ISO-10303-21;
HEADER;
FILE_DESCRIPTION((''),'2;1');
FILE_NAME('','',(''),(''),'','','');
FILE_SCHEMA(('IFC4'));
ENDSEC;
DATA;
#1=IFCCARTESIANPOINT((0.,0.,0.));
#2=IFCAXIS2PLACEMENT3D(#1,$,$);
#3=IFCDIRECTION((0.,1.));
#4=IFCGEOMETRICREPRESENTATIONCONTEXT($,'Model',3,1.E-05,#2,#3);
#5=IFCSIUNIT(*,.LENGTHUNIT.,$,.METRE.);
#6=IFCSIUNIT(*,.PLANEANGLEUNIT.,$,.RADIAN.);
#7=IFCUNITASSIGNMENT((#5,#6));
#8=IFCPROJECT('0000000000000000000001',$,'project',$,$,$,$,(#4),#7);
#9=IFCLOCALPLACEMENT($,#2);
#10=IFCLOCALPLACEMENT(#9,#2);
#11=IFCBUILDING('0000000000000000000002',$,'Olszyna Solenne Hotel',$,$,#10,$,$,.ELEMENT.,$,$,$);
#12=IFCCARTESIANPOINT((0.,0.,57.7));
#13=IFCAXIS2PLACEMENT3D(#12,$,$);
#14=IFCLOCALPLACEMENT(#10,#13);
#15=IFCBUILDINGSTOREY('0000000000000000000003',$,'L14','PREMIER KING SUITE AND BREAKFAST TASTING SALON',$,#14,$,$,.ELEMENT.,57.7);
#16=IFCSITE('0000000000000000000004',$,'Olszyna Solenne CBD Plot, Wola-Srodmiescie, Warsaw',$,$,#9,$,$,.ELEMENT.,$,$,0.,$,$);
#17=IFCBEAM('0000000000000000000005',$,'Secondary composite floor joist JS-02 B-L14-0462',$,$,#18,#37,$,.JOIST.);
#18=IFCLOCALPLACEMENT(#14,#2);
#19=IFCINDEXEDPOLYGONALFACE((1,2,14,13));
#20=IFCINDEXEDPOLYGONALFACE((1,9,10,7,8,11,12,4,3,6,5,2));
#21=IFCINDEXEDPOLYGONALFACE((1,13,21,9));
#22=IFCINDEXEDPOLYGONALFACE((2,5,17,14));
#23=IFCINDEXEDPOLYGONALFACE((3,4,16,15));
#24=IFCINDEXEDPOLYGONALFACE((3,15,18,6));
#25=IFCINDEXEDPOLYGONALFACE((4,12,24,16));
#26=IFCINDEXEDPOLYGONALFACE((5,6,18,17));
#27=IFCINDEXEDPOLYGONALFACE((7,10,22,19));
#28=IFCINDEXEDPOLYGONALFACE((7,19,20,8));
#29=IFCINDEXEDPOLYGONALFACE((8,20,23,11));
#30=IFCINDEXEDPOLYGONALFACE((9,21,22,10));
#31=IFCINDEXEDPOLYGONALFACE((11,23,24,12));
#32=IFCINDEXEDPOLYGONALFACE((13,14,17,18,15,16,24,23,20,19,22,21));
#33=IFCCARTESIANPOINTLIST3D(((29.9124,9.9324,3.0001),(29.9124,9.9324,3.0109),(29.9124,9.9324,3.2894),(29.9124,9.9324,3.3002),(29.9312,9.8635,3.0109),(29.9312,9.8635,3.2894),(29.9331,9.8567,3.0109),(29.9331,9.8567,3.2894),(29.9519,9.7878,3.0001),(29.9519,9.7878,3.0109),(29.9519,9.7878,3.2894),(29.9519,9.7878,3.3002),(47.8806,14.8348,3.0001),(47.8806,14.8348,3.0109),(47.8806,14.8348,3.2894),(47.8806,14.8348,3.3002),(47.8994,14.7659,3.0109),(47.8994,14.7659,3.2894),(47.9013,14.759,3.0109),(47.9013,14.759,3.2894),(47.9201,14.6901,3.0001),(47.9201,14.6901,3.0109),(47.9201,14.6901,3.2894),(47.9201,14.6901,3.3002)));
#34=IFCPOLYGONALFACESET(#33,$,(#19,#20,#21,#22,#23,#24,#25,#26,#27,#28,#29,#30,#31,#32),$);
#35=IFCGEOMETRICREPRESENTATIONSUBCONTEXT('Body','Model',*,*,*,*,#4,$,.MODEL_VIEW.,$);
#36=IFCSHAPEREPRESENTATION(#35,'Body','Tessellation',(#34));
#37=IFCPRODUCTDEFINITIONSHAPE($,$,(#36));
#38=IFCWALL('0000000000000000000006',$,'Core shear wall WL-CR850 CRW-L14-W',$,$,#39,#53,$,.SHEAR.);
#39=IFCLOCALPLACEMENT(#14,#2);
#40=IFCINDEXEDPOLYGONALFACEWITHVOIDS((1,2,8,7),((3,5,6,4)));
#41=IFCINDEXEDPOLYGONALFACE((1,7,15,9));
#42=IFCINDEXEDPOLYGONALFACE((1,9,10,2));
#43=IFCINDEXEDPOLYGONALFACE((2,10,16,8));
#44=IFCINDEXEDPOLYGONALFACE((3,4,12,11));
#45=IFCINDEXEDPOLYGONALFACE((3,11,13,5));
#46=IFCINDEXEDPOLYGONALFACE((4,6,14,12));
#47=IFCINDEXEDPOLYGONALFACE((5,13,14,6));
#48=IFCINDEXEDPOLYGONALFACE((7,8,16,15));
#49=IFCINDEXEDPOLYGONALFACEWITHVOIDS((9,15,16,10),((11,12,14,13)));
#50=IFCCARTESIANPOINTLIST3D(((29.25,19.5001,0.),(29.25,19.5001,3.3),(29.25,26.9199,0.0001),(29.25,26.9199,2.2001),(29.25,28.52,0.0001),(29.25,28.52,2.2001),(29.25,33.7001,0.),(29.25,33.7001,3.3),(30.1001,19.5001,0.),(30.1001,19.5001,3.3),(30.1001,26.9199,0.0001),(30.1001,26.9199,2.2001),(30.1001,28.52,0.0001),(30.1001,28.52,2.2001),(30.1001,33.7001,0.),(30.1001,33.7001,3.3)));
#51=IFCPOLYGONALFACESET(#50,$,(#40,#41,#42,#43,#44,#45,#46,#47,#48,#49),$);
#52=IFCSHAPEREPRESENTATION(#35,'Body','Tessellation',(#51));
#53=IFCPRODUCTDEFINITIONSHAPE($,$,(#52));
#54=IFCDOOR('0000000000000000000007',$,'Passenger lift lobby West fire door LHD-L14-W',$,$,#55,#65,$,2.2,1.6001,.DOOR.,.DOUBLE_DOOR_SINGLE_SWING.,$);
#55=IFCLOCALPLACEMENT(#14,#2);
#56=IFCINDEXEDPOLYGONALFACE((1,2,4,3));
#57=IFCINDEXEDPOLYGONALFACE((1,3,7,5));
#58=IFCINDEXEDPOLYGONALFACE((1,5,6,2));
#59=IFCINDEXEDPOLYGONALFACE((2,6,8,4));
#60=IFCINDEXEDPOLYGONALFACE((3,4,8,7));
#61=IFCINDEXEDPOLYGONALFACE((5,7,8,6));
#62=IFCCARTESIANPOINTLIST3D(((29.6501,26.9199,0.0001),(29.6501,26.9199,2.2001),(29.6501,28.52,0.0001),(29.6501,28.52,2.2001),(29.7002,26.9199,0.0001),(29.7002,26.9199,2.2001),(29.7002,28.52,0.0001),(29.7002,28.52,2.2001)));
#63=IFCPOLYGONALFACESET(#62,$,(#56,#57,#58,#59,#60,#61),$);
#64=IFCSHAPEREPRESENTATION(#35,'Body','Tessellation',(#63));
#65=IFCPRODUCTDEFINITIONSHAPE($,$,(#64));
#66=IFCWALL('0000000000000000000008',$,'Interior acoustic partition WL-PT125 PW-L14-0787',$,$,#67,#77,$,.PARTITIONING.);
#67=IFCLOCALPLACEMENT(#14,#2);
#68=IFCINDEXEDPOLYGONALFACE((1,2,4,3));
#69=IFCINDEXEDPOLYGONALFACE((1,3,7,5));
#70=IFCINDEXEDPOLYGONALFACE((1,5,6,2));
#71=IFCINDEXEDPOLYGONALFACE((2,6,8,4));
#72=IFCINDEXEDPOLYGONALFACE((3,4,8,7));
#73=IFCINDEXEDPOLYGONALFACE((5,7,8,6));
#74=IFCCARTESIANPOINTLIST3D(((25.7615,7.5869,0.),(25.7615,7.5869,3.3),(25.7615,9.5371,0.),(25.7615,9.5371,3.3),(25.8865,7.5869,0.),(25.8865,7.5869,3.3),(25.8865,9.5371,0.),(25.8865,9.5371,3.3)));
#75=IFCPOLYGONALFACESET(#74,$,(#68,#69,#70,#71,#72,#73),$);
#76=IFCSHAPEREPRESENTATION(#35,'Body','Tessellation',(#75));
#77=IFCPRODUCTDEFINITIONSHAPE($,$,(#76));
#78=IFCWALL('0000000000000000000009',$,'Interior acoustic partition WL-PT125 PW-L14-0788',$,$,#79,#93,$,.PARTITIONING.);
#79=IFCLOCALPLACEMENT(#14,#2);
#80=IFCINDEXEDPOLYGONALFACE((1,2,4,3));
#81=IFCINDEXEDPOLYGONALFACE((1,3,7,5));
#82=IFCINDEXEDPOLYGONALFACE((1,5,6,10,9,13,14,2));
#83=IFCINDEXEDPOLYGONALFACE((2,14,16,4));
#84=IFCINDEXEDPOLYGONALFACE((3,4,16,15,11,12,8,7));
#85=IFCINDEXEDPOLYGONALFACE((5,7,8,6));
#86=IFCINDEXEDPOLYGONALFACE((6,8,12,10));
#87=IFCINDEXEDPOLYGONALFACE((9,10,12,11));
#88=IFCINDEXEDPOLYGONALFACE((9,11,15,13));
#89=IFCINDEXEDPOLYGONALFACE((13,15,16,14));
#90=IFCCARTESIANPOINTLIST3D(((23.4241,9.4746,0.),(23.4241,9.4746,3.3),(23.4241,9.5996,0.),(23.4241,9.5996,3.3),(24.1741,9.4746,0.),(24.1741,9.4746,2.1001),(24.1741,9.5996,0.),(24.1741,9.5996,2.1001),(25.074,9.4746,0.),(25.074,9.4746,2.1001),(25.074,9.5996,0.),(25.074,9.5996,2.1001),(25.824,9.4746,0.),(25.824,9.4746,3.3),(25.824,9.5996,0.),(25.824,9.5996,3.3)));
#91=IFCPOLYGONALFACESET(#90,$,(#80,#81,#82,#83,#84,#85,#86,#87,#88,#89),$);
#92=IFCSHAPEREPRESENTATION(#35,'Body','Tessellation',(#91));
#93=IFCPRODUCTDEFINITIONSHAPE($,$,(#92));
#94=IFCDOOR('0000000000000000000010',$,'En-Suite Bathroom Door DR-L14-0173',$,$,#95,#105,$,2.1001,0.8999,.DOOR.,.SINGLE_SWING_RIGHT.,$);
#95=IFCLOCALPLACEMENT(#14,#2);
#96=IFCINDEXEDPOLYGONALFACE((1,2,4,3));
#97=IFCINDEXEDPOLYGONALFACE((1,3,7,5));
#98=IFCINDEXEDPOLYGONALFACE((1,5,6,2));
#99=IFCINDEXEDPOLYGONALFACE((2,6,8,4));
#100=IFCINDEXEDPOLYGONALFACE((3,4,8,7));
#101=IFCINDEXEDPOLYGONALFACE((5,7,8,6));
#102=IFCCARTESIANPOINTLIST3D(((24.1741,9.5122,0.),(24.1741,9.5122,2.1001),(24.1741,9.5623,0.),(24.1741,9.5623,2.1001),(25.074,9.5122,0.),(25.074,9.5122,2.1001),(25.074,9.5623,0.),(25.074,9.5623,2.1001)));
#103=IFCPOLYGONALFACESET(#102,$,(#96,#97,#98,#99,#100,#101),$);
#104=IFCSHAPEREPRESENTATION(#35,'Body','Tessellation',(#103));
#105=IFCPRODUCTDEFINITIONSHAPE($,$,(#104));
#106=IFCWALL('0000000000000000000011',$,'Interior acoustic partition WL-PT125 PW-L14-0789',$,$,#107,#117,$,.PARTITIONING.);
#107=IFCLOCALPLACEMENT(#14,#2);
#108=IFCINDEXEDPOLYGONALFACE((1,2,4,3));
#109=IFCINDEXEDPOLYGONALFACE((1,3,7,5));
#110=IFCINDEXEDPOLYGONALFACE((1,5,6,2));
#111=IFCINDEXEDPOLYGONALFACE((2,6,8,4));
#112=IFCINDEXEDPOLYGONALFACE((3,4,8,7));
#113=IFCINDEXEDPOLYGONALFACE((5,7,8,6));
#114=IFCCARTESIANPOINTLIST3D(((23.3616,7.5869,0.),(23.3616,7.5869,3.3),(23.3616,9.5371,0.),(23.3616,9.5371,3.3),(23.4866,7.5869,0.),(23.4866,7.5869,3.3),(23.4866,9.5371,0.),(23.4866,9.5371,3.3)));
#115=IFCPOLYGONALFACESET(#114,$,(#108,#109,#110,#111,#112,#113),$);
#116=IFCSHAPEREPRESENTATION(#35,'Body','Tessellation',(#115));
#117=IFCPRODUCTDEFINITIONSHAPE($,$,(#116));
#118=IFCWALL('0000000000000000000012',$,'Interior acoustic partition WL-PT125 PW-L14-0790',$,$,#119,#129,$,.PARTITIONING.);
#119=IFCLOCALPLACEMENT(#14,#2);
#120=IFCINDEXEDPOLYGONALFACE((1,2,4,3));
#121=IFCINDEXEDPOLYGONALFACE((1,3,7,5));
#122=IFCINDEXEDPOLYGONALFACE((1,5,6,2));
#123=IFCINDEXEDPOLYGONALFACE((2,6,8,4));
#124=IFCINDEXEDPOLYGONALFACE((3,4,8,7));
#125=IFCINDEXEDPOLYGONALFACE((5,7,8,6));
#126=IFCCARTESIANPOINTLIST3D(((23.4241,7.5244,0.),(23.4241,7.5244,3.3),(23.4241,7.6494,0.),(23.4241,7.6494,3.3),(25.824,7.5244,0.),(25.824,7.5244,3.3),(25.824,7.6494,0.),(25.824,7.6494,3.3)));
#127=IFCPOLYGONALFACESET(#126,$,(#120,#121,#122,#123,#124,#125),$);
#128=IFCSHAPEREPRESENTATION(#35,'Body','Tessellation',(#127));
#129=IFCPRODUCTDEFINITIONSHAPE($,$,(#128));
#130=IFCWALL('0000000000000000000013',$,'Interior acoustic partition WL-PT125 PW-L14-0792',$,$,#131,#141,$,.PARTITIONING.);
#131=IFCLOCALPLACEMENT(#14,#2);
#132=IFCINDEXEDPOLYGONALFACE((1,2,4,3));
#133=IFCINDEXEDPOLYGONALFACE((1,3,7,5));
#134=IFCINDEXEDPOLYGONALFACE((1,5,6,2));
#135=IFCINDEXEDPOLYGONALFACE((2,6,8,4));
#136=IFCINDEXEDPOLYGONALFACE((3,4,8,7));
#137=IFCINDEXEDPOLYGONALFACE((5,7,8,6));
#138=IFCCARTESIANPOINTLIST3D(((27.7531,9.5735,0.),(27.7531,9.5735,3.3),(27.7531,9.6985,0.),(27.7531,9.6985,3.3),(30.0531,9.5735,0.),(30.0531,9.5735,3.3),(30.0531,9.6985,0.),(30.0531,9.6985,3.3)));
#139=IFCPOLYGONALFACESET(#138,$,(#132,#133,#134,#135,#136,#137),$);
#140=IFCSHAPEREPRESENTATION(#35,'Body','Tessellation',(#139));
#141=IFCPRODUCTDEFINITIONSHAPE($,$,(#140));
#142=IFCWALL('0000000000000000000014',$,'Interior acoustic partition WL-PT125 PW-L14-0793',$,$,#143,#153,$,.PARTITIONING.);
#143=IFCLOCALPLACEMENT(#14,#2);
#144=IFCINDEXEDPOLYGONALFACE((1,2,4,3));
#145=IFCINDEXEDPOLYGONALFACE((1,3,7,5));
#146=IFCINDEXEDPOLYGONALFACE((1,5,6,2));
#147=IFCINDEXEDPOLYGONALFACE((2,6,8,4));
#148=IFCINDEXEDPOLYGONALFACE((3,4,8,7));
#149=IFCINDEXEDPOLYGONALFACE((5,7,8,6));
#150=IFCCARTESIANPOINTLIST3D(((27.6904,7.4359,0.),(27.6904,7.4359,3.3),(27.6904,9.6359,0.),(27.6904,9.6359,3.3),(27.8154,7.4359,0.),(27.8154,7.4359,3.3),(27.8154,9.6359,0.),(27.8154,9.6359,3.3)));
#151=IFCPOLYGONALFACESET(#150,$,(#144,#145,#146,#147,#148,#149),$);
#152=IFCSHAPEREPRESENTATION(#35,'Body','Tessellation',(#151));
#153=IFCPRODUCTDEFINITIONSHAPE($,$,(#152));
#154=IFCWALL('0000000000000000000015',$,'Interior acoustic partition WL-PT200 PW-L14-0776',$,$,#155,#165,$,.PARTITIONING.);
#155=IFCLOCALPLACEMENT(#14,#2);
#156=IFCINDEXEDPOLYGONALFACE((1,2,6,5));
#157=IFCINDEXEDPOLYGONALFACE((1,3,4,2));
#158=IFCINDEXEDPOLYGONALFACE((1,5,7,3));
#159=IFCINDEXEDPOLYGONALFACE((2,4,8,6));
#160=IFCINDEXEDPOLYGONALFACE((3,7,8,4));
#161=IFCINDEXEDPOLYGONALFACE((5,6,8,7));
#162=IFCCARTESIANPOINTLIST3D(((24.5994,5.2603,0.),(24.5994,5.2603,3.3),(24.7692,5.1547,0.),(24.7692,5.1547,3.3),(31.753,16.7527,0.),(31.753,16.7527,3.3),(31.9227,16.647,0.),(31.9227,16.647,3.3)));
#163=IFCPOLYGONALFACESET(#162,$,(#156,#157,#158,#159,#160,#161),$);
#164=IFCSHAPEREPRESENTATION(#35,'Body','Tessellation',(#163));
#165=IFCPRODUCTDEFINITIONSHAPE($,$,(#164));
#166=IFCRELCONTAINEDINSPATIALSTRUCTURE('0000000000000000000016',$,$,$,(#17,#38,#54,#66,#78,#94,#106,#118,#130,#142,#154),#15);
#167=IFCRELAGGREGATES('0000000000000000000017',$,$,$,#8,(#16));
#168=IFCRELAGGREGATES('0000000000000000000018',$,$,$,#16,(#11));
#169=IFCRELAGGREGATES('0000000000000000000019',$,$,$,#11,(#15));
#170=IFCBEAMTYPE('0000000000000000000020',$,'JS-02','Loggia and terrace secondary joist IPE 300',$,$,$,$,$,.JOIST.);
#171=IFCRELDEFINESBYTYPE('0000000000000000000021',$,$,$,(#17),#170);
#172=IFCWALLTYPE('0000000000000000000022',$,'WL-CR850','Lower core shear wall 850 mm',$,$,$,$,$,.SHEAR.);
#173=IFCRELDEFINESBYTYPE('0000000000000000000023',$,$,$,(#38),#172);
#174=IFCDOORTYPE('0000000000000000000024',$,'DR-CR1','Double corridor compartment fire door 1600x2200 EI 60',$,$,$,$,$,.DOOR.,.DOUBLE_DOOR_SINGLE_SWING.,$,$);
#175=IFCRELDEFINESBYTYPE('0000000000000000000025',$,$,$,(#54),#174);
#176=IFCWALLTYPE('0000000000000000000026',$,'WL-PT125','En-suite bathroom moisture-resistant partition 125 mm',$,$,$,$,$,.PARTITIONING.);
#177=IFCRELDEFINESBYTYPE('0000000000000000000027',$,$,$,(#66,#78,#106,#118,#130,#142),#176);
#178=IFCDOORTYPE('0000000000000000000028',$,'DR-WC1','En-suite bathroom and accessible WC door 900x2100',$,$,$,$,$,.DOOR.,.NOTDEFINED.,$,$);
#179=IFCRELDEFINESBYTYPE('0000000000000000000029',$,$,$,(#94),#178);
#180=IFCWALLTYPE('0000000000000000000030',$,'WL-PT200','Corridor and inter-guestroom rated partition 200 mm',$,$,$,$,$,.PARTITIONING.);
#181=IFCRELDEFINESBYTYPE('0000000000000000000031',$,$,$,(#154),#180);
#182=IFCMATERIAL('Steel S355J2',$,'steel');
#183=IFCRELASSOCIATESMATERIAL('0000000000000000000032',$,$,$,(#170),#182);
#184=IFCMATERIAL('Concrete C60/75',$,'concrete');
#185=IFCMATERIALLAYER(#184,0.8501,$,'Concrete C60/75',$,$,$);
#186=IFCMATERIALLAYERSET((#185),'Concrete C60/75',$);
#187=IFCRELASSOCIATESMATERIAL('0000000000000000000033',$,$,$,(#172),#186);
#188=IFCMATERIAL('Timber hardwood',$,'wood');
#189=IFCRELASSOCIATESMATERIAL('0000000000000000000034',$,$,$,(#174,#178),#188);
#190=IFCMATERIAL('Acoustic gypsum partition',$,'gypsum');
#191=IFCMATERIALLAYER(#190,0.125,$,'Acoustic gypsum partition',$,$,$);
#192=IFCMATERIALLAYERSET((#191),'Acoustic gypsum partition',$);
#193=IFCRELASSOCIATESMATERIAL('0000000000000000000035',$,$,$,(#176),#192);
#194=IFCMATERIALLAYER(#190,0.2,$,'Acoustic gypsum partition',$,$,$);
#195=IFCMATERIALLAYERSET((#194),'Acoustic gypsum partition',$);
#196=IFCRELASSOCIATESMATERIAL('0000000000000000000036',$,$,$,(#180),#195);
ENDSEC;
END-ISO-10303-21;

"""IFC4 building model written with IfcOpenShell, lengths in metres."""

from ifc_helpers import new_model, si_unit, direction, frame, frame_2d, origin, origin_2d, place, context, subcontext, project, spatial, rectangle, i_section, extrude, source, transform, mapped, material, layer, layer_set, material_profile, profile_set, type_object, type_shapes, element, fill, save


model = new_model("IFC4")

# Units and contexts
model_context = context("Model", 3, precision=1e-05, world=origin(), true_north=direction((0.0, 1.0)))
body_context = subcontext(model_context, "Body", "Model", "MODEL_VIEW")
ifc_project = project(units=[si_unit("LENGTHUNIT", "METRE"), si_unit("PLANEANGLEUNIT", "RADIAN")], contexts=[model_context])

# Site, building, storey
site_placement = place(None, origin())
site = spatial("IfcSite", under=ifc_project, at=site_placement, Name="Olszyna Solenne CBD Plot, Wola-Srodmiescie, Warsaw", CompositionType="ELEMENT", RefElevation=0.0)
building_placement = place(site_placement, origin())
building = spatial("IfcBuilding", under=site, at=building_placement, Name="Olszyna Solenne Hotel", CompositionType="ELEMENT")
storey_placement = place(building_placement, frame((0.0, 0.0, 57.7)))
storey = spatial("IfcBuildingStorey", under=building, at=storey_placement, Name="L14", Description="PREMIER KING SUITE AND BREAKFAST TASTING SALON", CompositionType="ELEMENT", Elevation=57.7)

# Beam
ifc_material_1 = material(Name="Steel S355J2", Category="steel")
ifc_material_profile = material_profile(ifc_material_1, i_section(OverallWidth=0.1499, OverallDepth=0.3, WebThickness=0.0071, FlangeThickness=0.0107, at=origin_2d()), Name="IPE 300", Category="load-bearing")
ifc_profile_set = profile_set([ifc_material_profile], Name="Steel S355J2")
beam_type = type_object("IfcBeamType", Name="JS-02", Description="Loggia and terrace secondary joist IPE 300", PredefinedType="JOIST", material=ifc_profile_set)
shared_shape_1 = source(origin(), body_context, "Body", "SweptSolid", [
    extrude(i_section(OverallWidth=0.1499, OverallDepth=0.3, WebThickness=0.0071, FlangeThickness=0.0107, at=origin_2d()), origin(), (0.0, 0.0, 1.0), 18.625),
])
beam_placement = place(storey_placement, frame((29.9321, 9.8601, 3.1501), z_axis=(0.964738, 0.263213, 0.0), x_axis=(-0.263213, 0.964738, 0.0)))
element("IfcBeam", 1, at=beam_placement, inside=storey, type_object=beam_type, Name="Secondary composite floor joist JS-02 B-L14-0462", PredefinedType="JOIST", context=body_context, shape_type="MappedRepresentation", body=[
    mapped(shared_shape_1, transform((0.0, 0.0, 0.0), x_axis=(1.0, 0.0, 0.0), y_axis=(0.0, 1.0, 0.0), z_axis=(0.0, 0.0, 1.0), scale=1.0)),
])

# Wall, opening, door
ifc_material_2 = material(Name="Concrete C60/75", Category="concrete")
ifc_layer_1 = layer(ifc_material_2, 0.8501, Name="Concrete C60/75")
ifc_layer_set_1 = layer_set([ifc_layer_1], Name="Concrete C60/75")
wall_type_1 = type_object("IfcWallType", Name="WL-CR850", Description="Lower core shear wall 850 mm", PredefinedType="SHEAR", material=ifc_layer_set_1)
wall_1_placement = place(storey_placement, frame((29.675, 19.5, 0.0), z_axis=(0.0, 0.0, 1.0), x_axis=(0.0, 1.0, 0.0)))
wall_1 = element("IfcWall", 2, at=wall_1_placement, inside=storey, type_object=wall_type_1, Name="Core shear wall WL-CR850 CRW-L14-W", PredefinedType="SHEAR", context=body_context, shape_type="SweptSolid", body=[
    extrude(rectangle(XDim=14.2, YDim=0.8501, at=frame_2d((7.1001, 0.0))), origin(), (0.0, 0.0, 1.0), 3.3),
])
opening_1_placement = place(wall_1_placement, frame((7.4199, 0.0, 0.0)))
opening_1 = element("IfcOpeningElement", 3, at=opening_1_placement, cuts=wall_1, PredefinedType="OPENING", context=body_context, shape_type="SweptSolid", body=[
    extrude(rectangle(XDim=1.6001, YDim=2.2, at=frame_2d((0.8, 1.1001))), frame((0.0, 0.4351, 0.0), z_axis=(0.0, -1.0, 0.0), x_axis=(1.0, 0.0, 0.0)), (0.0, 0.0, 1.0), 0.8701),
])
ifc_material_3 = material(Name="Timber hardwood", Category="wood")
door_type_1 = type_object("IfcDoorType", Name="DR-CR1", Description="Double corridor compartment fire door 1600x2200 EI 60", OperationType="DOUBLE_DOOR_SINGLE_SWING", PredefinedType="DOOR", material=ifc_material_3)
shared_shape_2 = source(origin(), body_context, "Body", "SweptSolid", [
    extrude(rectangle(XDim=1.6001, YDim=2.2, at=frame_2d((0.8, 1.1001))), frame((0.0, 0.0249, 0.0), z_axis=(0.0, -1.0, 0.0), x_axis=(1.0, 0.0, 0.0)), (0.0, 0.0, 1.0), 0.05),
])
type_shapes(door_type_1, [shared_shape_2])
door_1_placement = place(opening_1_placement, origin())
door_1 = element("IfcDoor", 4, at=door_1_placement, inside=storey, type_object=door_type_1, Name="Passenger lift lobby West fire door LHD-L14-W", OperationType="DOUBLE_DOOR_SINGLE_SWING", OverallHeight=2.2, OverallWidth=1.6001, PredefinedType="DOOR", context=body_context, shape_type="MappedRepresentation", body=[
    mapped(shared_shape_2, transform((0.0, 0.0, 0.0), x_axis=(1.0, 0.0, 0.0), y_axis=(0.0, 1.0, 0.0), z_axis=(0.0, 0.0, 1.0), scale=1.0)),
])
fill(opening_1, door_1)

# Wall
ifc_material_4 = material(Name="Acoustic gypsum partition", Category="gypsum")
ifc_layer_2 = layer(ifc_material_4, 0.125, Name="Acoustic gypsum partition")
ifc_layer_set_2 = layer_set([ifc_layer_2], Name="Acoustic gypsum partition")
wall_type_2 = type_object("IfcWallType", Name="WL-PT125", Description="En-suite bathroom moisture-resistant partition 125 mm", PredefinedType="PARTITIONING", material=ifc_layer_set_2)
wall_2_placement = place(storey_placement, frame((25.824, 7.5869, 0.0), z_axis=(0.0, 0.0, 1.0), x_axis=(0.0, 1.0, 0.0)))
element("IfcWall", 5, at=wall_2_placement, inside=storey, type_object=wall_type_2, Name="Interior acoustic partition WL-PT125 PW-L14-0787", PredefinedType="PARTITIONING", context=body_context, shape_type="SweptSolid", body=[
    extrude(rectangle(XDim=1.9502, YDim=0.125, at=frame_2d((0.9751, 0.0))), origin(), (0.0, 0.0, 1.0), 3.3),
])

# Wall, opening, door
wall_3_placement = place(storey_placement, frame((25.824, 9.5371, 0.0), z_axis=(0.0, 0.0, 1.0), x_axis=(-1.0, 0.0, 0.0)))
wall_3 = element("IfcWall", 6, at=wall_3_placement, inside=storey, type_object=wall_type_2, Name="Interior acoustic partition WL-PT125 PW-L14-0788", PredefinedType="PARTITIONING", context=body_context, shape_type="SweptSolid", body=[
    extrude(rectangle(XDim=2.3999, YDim=0.125, at=frame_2d((1.2, 0.0))), origin(), (0.0, 0.0, 1.0), 3.3),
])
opening_2_placement = place(wall_3_placement, frame((0.75, 0.0, 0.0)))
opening_2 = element("IfcOpeningElement", 7, at=opening_2_placement, cuts=wall_3, PredefinedType="OPENING", context=body_context, shape_type="SweptSolid", body=[
    extrude(rectangle(XDim=0.8999, YDim=2.1001, at=frame_2d((0.45, 1.05))), frame((0.0, 0.0725, 0.0), z_axis=(0.0, -1.0, 0.0), x_axis=(1.0, 0.0, 0.0)), (0.0, 0.0, 1.0), 0.145),
])
door_type_2 = type_object("IfcDoorType", Name="DR-WC1", Description="En-suite bathroom and accessible WC door 900x2100", OperationType="NOTDEFINED", PredefinedType="DOOR", material=ifc_material_3)
shared_shape_3 = source(origin(), body_context, "Body", "SweptSolid", [
    extrude(rectangle(XDim=0.8999, YDim=2.1001, at=frame_2d((0.45, 1.05))), frame((0.0, 0.0249, 0.0), z_axis=(0.0, -1.0, 0.0), x_axis=(1.0, 0.0, 0.0)), (0.0, 0.0, 1.0), 0.05),
])
type_shapes(door_type_2, [shared_shape_3])
door_2_placement = place(opening_2_placement, origin())
door_2 = element("IfcDoor", 8, at=door_2_placement, inside=storey, type_object=door_type_2, Name="En-Suite Bathroom Door DR-L14-0173", OperationType="SINGLE_SWING_RIGHT", OverallHeight=2.1001, OverallWidth=0.8999, PredefinedType="DOOR", context=body_context, shape_type="MappedRepresentation", body=[
    mapped(shared_shape_3, transform((0.0, 0.0, 0.0), x_axis=(1.0, 0.0, 0.0), y_axis=(0.0, 1.0, 0.0), z_axis=(0.0, 0.0, 1.0), scale=1.0)),
])
fill(opening_2, door_2)

# Walls
wall_4_placement = place(storey_placement, frame((23.4241, 9.5371, 0.0), z_axis=(0.0, 0.0, 1.0), x_axis=(0.0, -1.0, 0.0)))
element("IfcWall", 9, at=wall_4_placement, inside=storey, type_object=wall_type_2, Name="Interior acoustic partition WL-PT125 PW-L14-0789", PredefinedType="PARTITIONING", context=body_context, shape_type="SweptSolid", body=[
    extrude(rectangle(XDim=1.9502, YDim=0.125, at=frame_2d((0.9751, 0.0))), origin(), (0.0, 0.0, 1.0), 3.3),
])
wall_5_placement = place(storey_placement, frame((23.4241, 7.5869, 0.0), z_axis=(0.0, 0.0, 1.0), x_axis=(1.0, 0.0, 0.0)))
element("IfcWall", 10, at=wall_5_placement, inside=storey, type_object=wall_type_2, Name="Interior acoustic partition WL-PT125 PW-L14-0790", PredefinedType="PARTITIONING", context=body_context, shape_type="SweptSolid", body=[
    extrude(rectangle(XDim=2.3999, YDim=0.125, at=frame_2d((1.2, 0.0))), origin(), (0.0, 0.0, 1.0), 3.3),
])
wall_6_placement = place(storey_placement, frame((30.053, 9.636, 0.0), z_axis=(0.0, 0.0, 1.0), x_axis=(-1.0, 0.0, 0.0)))
element("IfcWall", 11, at=wall_6_placement, inside=storey, type_object=wall_type_2, Name="Interior acoustic partition WL-PT125 PW-L14-0792", PredefinedType="PARTITIONING", context=body_context, shape_type="SweptSolid", body=[
    extrude(rectangle(XDim=2.3, YDim=0.125, at=frame_2d((1.1499, 0.0))), origin(), (0.0, 0.0, 1.0), 3.3),
])
wall_7_placement = place(storey_placement, frame((27.7529, 9.636, 0.0), z_axis=(0.0, 0.0, 1.0), x_axis=(0.0, -1.0, 0.0)))
element("IfcWall", 12, at=wall_7_placement, inside=storey, type_object=wall_type_2, Name="Interior acoustic partition WL-PT125 PW-L14-0793", PredefinedType="PARTITIONING", context=body_context, shape_type="SweptSolid", body=[
    extrude(rectangle(XDim=2.2, YDim=0.125, at=frame_2d((1.1001, 0.0))), origin(), (0.0, 0.0, 1.0), 3.3),
])
ifc_layer_3 = layer(ifc_material_4, 0.2, Name="Acoustic gypsum partition")
ifc_layer_set_3 = layer_set([ifc_layer_3], Name="Acoustic gypsum partition")
wall_type_3 = type_object("IfcWallType", Name="WL-PT200", Description="Corridor and inter-guestroom rated partition 200 mm", PredefinedType="PARTITIONING", material=ifc_layer_set_3)
wall_8_placement = place(storey_placement, frame((31.8379, 16.7, 0.0), z_axis=(0.0, 0.0, 1.0), x_axis=(-0.528447, -0.848967, 0.0)))
element("IfcWall", 13, at=wall_8_placement, inside=storey, type_object=wall_type_3, Name="Interior acoustic partition WL-PT200 PW-L14-0776", PredefinedType="PARTITIONING", context=body_context, shape_type="SweptSolid", body=[
    extrude(rectangle(XDim=13.5369, YDim=0.2, at=frame_2d((6.7686, 0.0))), origin(), (0.0, 0.0, 1.0), 3.3),
])

save(model, "model.ifc")
